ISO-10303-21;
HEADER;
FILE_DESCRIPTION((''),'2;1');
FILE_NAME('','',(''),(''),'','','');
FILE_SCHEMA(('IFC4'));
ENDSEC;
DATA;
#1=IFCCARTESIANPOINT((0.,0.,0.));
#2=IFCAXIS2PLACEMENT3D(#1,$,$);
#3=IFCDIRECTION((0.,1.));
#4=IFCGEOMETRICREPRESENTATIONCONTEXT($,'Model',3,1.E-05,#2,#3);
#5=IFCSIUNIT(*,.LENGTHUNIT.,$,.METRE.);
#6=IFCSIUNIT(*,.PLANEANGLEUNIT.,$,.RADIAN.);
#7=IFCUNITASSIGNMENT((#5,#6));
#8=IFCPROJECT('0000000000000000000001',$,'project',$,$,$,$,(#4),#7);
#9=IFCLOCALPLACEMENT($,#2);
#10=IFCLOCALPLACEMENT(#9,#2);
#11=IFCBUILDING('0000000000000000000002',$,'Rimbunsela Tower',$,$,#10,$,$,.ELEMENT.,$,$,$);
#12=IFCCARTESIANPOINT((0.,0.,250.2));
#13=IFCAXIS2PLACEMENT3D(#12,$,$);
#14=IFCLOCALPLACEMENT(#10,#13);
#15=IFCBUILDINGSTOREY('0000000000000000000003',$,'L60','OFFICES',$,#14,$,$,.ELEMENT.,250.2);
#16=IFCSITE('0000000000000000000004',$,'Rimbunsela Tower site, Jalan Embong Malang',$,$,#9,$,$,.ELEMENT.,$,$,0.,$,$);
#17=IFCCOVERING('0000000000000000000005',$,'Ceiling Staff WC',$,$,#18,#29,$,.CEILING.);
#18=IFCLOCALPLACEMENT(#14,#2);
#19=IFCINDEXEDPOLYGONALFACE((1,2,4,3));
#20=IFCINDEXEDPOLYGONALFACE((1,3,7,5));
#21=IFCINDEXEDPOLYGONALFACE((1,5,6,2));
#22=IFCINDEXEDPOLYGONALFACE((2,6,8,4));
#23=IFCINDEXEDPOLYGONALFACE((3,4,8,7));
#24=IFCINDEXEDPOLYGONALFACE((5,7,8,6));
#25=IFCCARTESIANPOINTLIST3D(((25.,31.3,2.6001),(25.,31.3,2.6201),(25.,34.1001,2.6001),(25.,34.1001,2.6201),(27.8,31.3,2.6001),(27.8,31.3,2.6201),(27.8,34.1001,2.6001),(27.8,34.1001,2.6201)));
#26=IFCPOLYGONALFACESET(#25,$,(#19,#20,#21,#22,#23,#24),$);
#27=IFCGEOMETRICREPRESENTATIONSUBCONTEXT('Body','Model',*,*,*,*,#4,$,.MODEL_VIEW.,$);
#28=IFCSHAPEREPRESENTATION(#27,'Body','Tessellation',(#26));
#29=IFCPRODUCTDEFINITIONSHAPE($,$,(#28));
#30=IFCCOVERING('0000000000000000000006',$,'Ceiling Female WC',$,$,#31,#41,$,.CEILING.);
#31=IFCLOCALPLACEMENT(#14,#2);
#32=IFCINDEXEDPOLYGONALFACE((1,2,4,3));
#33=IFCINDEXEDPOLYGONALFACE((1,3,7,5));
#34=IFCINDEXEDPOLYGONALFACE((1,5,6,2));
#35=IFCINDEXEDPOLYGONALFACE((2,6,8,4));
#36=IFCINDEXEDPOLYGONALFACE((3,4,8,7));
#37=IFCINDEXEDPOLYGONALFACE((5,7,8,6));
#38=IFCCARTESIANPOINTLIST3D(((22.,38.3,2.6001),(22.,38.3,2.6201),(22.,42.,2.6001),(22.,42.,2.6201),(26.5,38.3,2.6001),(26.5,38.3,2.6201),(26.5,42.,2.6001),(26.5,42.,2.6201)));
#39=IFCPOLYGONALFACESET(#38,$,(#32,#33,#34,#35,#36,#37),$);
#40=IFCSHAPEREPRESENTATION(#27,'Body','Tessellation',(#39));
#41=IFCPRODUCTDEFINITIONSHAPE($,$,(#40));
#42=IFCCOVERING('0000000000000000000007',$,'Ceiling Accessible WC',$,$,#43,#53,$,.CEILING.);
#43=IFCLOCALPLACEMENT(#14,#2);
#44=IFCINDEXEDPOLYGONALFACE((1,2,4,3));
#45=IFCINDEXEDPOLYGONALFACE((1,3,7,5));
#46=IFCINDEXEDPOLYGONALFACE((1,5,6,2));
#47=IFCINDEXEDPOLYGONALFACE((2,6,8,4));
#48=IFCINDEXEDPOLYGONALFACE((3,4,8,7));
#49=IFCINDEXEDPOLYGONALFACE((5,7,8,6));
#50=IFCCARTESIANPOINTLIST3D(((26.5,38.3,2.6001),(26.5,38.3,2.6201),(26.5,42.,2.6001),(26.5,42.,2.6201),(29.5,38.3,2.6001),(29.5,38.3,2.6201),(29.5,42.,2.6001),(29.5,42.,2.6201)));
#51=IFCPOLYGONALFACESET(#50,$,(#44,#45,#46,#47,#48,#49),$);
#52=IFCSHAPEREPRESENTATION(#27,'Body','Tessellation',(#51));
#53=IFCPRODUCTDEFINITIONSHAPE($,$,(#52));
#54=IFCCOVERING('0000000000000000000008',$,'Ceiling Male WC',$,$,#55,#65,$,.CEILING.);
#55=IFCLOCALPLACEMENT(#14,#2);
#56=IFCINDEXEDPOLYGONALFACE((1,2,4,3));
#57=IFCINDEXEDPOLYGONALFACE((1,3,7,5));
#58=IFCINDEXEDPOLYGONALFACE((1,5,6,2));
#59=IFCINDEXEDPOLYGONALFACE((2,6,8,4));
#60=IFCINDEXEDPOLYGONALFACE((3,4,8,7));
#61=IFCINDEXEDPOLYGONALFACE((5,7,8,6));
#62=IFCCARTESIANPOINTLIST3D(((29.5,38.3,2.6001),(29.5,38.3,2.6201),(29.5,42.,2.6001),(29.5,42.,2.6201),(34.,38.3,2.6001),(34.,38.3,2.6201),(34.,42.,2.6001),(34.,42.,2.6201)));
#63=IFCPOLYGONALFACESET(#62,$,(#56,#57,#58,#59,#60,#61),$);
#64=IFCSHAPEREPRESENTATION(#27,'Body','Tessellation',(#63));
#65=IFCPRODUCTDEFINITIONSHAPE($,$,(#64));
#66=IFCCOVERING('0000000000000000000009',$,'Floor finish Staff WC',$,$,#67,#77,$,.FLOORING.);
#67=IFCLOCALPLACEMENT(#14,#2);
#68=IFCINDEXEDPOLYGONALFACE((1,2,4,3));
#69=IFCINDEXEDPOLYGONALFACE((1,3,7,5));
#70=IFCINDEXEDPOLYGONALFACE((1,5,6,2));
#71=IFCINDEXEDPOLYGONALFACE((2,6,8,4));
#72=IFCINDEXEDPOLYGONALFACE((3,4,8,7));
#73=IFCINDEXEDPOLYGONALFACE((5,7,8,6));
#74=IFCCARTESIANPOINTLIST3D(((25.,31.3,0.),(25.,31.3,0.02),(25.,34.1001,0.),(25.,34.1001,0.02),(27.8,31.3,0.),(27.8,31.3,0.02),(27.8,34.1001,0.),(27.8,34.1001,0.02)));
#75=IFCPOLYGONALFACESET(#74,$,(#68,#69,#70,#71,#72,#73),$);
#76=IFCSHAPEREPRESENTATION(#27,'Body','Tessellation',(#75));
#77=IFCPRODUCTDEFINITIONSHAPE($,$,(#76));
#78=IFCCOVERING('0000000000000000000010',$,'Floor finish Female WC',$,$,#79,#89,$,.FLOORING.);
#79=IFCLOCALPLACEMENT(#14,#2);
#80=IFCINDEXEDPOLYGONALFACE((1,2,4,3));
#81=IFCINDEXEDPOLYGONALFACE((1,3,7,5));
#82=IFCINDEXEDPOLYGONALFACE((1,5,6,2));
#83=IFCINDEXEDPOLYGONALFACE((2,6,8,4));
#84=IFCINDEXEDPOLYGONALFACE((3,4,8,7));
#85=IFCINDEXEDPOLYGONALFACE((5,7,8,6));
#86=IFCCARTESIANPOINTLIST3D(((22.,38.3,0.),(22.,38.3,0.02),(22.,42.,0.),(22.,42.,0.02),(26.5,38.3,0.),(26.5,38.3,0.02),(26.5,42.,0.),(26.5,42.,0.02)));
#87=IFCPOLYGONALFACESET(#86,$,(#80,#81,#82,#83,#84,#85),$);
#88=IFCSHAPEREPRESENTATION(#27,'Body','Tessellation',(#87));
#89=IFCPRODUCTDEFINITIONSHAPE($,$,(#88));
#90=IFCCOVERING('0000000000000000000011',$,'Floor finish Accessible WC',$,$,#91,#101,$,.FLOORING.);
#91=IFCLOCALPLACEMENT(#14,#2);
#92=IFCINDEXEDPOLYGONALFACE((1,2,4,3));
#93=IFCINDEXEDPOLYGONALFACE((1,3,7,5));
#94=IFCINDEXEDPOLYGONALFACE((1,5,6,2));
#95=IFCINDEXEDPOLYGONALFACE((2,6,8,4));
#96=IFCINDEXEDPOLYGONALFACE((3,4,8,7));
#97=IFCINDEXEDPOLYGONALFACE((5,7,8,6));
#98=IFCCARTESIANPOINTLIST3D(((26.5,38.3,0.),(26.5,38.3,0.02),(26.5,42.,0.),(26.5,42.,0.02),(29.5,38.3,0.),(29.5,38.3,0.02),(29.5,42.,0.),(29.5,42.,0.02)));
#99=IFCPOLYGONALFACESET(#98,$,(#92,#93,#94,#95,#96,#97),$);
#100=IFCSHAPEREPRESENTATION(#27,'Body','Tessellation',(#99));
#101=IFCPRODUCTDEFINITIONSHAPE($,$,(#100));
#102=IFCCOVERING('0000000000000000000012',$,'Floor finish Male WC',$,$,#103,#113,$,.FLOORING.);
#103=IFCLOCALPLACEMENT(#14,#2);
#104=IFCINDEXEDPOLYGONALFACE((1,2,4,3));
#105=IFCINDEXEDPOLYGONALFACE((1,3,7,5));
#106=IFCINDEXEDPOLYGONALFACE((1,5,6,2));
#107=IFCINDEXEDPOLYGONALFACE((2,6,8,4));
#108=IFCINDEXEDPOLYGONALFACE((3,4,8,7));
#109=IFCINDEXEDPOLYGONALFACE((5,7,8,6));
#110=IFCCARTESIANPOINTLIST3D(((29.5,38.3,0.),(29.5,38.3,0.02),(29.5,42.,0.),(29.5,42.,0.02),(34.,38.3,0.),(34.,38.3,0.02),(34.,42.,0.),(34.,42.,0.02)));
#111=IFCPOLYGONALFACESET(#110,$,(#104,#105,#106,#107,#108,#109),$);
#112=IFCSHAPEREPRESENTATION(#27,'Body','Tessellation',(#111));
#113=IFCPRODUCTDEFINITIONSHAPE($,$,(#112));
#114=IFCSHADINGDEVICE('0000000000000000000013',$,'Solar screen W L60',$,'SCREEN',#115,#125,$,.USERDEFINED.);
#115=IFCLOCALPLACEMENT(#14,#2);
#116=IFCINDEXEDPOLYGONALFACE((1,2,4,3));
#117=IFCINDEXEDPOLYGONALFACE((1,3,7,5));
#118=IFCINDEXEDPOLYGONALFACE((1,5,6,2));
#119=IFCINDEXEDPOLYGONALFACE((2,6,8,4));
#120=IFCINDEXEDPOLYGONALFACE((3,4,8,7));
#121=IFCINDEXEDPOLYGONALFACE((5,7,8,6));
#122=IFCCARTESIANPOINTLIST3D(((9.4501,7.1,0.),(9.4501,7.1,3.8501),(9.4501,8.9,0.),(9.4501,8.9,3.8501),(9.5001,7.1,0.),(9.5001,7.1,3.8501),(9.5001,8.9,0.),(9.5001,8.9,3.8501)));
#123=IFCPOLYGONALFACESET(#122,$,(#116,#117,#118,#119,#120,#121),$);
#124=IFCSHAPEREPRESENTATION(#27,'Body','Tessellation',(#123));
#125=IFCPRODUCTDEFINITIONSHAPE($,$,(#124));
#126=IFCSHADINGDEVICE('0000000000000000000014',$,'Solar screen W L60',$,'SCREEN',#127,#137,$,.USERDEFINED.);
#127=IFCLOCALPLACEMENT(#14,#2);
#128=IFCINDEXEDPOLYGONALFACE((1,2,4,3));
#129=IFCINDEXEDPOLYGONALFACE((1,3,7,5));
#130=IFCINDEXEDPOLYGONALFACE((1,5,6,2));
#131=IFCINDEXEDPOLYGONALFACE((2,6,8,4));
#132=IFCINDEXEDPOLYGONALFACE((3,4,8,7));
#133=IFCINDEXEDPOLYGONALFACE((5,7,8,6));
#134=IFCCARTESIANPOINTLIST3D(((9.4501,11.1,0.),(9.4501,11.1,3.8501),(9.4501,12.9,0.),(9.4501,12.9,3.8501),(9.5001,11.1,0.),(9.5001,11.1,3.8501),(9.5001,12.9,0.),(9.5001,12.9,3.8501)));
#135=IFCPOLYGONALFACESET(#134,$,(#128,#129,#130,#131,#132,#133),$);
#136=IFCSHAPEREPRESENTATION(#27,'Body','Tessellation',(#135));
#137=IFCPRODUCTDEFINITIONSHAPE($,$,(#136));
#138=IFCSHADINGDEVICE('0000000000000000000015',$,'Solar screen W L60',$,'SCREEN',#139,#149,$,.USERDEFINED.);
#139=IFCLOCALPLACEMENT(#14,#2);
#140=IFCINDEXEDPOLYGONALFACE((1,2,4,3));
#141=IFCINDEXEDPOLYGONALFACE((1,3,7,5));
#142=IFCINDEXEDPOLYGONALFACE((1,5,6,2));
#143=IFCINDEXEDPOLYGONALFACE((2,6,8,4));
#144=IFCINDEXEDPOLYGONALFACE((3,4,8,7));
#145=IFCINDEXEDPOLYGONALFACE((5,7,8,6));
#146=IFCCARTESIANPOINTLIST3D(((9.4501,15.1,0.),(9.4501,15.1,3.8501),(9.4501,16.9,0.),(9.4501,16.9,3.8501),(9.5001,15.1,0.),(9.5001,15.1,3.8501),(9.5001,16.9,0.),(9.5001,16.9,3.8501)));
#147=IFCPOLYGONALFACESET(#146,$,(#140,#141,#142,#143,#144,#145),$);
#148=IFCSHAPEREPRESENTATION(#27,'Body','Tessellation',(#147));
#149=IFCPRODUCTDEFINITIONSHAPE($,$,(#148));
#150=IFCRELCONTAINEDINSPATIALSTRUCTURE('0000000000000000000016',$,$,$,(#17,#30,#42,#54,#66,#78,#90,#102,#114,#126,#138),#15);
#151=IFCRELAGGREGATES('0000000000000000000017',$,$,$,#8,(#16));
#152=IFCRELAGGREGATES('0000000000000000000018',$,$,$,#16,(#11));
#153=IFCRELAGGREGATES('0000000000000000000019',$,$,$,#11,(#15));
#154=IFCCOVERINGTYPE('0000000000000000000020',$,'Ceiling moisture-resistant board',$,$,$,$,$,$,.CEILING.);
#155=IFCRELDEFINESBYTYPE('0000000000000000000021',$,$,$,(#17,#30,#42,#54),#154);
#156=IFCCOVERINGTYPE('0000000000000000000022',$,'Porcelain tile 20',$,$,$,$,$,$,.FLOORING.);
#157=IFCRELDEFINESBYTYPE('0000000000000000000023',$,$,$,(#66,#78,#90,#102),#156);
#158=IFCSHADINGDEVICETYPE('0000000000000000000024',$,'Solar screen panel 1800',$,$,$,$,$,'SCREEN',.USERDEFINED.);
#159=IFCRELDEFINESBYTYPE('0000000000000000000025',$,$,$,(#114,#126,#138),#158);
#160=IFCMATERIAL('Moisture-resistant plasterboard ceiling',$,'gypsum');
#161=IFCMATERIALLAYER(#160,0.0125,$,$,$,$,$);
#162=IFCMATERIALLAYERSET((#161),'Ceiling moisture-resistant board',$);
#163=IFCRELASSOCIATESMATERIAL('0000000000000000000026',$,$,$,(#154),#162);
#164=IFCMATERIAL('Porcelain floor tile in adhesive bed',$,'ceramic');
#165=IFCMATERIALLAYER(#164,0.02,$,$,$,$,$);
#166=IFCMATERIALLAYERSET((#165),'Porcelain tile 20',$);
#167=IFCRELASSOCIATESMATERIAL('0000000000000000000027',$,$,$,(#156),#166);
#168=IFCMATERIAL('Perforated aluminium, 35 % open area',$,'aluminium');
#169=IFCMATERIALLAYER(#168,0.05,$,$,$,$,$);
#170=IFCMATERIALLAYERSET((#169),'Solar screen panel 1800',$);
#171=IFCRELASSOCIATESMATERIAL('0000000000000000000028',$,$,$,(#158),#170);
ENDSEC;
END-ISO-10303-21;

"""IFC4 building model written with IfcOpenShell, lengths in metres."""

from ifc_helpers import new_model, si_unit, direction, frame, origin, origin_2d, place, context, subcontext, project, spatial, polyline, rectangle, outline, extrude, material, layer, layer_set, type_object, element, save


model = new_model("IFC4")

# Units and contexts
model_context = context("Model", 3, precision=1e-05, world=origin(), true_north=direction((0.0, 1.0)))
body_context = subcontext(model_context, "Body", "Model", "MODEL_VIEW")
ifc_project = project(units=[si_unit("LENGTHUNIT", "METRE"), si_unit("PLANEANGLEUNIT", "RADIAN")], contexts=[model_context])

# Site, building, storey
site_placement = place(None, origin())
site = spatial("IfcSite", under=ifc_project, at=site_placement, Name="Rimbunsela Tower site, Jalan Embong Malang", CompositionType="ELEMENT", RefElevation=0.0)
building_placement = place(site_placement, origin())
building = spatial("IfcBuilding", under=site, at=building_placement, Name="Rimbunsela Tower", CompositionType="ELEMENT")
storey_placement = place(building_placement, frame((0.0, 0.0, 250.2)))
storey = spatial("IfcBuildingStorey", under=building, at=storey_placement, Name="L60", Description="OFFICES", CompositionType="ELEMENT", Elevation=250.2)

# Coverings
ifc_material_1 = material(Name="Moisture-resistant plasterboard ceiling", Category="gypsum")
ifc_layer_1 = layer(ifc_material_1, 0.0125)
ifc_layer_set_1 = layer_set([ifc_layer_1], Name="Ceiling moisture-resistant board")
covering_type_1 = type_object("IfcCoveringType", Name="Ceiling moisture-resistant board", PredefinedType="CEILING", material=ifc_layer_set_1)
covering_1_placement = place(storey_placement, frame((0.0, 0.0, 2.6001)))
element("IfcCovering", 1, at=covering_1_placement, inside=storey, type_object=covering_type_1, Name="Ceiling Staff WC", PredefinedType="CEILING", context=body_context, shape_type="SweptSolid", body=[
    extrude(outline(polyline([(27.8, 31.3), (27.8, 34.1001), (25.0, 34.1001), (25.0, 31.3), (27.8, 31.3)])), origin(), (0.0, 0.0, 1.0), 0.02),
])
covering_2_placement = place(storey_placement, frame((0.0, 0.0, 2.6001)))
element("IfcCovering", 2, at=covering_2_placement, inside=storey, type_object=covering_type_1, Name="Ceiling Female WC", PredefinedType="CEILING", context=body_context, shape_type="SweptSolid", body=[
    extrude(outline(polyline([(26.5, 38.3), (26.5, 42.0), (22.0, 42.0), (22.0, 38.3), (26.5, 38.3)])), origin(), (0.0, 0.0, 1.0), 0.02),
])
covering_3_placement = place(storey_placement, frame((0.0, 0.0, 2.6001)))
element("IfcCovering", 3, at=covering_3_placement, inside=storey, type_object=covering_type_1, Name="Ceiling Accessible WC", PredefinedType="CEILING", context=body_context, shape_type="SweptSolid", body=[
    extrude(outline(polyline([(29.5, 38.3), (29.5, 42.0), (26.5, 42.0), (26.5, 38.3), (29.5, 38.3)])), origin(), (0.0, 0.0, 1.0), 0.02),
])
covering_4_placement = place(storey_placement, frame((0.0, 0.0, 2.6001)))
element("IfcCovering", 4, at=covering_4_placement, inside=storey, type_object=covering_type_1, Name="Ceiling Male WC", PredefinedType="CEILING", context=body_context, shape_type="SweptSolid", body=[
    extrude(outline(polyline([(34.0, 38.3), (34.0, 42.0), (29.5, 42.0), (29.5, 38.3), (34.0, 38.3)])), origin(), (0.0, 0.0, 1.0), 0.02),
])
ifc_material_2 = material(Name="Porcelain floor tile in adhesive bed", Category="ceramic")
ifc_layer_2 = layer(ifc_material_2, 0.02)
ifc_layer_set_2 = layer_set([ifc_layer_2], Name="Porcelain tile 20")
covering_type_2 = type_object("IfcCoveringType", Name="Porcelain tile 20", PredefinedType="FLOORING", material=ifc_layer_set_2)
covering_5_placement = place(storey_placement, origin())
element("IfcCovering", 5, at=covering_5_placement, inside=storey, type_object=covering_type_2, Name="Floor finish Staff WC", PredefinedType="FLOORING", context=body_context, shape_type="SweptSolid", body=[
    extrude(outline(polyline([(27.8, 31.3), (27.8, 34.1001), (25.0, 34.1001), (25.0, 31.3), (27.8, 31.3)])), origin(), (0.0, 0.0, 1.0), 0.02),
])
covering_6_placement = place(storey_placement, origin())
element("IfcCovering", 6, at=covering_6_placement, inside=storey, type_object=covering_type_2, Name="Floor finish Female WC", PredefinedType="FLOORING", context=body_context, shape_type="SweptSolid", body=[
    extrude(outline(polyline([(26.5, 38.3), (26.5, 42.0), (22.0, 42.0), (22.0, 38.3), (26.5, 38.3)])), origin(), (0.0, 0.0, 1.0), 0.02),
])
covering_7_placement = place(storey_placement, origin())
element("IfcCovering", 7, at=covering_7_placement, inside=storey, type_object=covering_type_2, Name="Floor finish Accessible WC", PredefinedType="FLOORING", context=body_context, shape_type="SweptSolid", body=[
    extrude(outline(polyline([(29.5, 38.3), (29.5, 42.0), (26.5, 42.0), (26.5, 38.3), (29.5, 38.3)])), origin(), (0.0, 0.0, 1.0), 0.02),
])
covering_8_placement = place(storey_placement, origin())
element("IfcCovering", 8, at=covering_8_placement, inside=storey, type_object=covering_type_2, Name="Floor finish Male WC", PredefinedType="FLOORING", context=body_context, shape_type="SweptSolid", body=[
    extrude(outline(polyline([(34.0, 38.3), (34.0, 42.0), (29.5, 42.0), (29.5, 38.3), (34.0, 38.3)])), origin(), (0.0, 0.0, 1.0), 0.02),
])

# Shading devices
ifc_material_3 = material(Name="Perforated aluminium, 35 % open area", Category="aluminium")
ifc_layer_3 = layer(ifc_material_3, 0.05)
ifc_layer_set_3 = layer_set([ifc_layer_3], Name="Solar screen panel 1800")
shading_device_type = type_object("IfcShadingDeviceType", Name="Solar screen panel 1800", ElementType="SCREEN", PredefinedType="USERDEFINED", material=ifc_layer_set_3)
for number, where, z_axis, x_axis, name in (
    (9, (9.4751, 8.0, 0.0), (0.0, 0.0, 1.0), (0.0, 1.0, 0.0), "Solar screen W L60"),
    (10, (9.4751, 12.0, 0.0), (0.0, 0.0, 1.0), (0.0, 1.0, 0.0), "Solar screen W L60"),
    (11, (9.4751, 16.0, 0.0), (0.0, 0.0, 1.0), (0.0, 1.0, 0.0), "Solar screen W L60"),
):
    element("IfcShadingDevice", number, at=place(storey_placement, frame(where, z_axis=z_axis, x_axis=x_axis)), inside=storey, type_object=shading_device_type, Name=name, ObjectType="SCREEN", PredefinedType="USERDEFINED", context=body_context, shape_type="SweptSolid", body=[
        extrude(rectangle(XDim=1.8, YDim=0.05, at=origin_2d()), origin(), (0.0, 0.0, 1.0), 3.8501),
    ])

save(model, "model.ifc")
